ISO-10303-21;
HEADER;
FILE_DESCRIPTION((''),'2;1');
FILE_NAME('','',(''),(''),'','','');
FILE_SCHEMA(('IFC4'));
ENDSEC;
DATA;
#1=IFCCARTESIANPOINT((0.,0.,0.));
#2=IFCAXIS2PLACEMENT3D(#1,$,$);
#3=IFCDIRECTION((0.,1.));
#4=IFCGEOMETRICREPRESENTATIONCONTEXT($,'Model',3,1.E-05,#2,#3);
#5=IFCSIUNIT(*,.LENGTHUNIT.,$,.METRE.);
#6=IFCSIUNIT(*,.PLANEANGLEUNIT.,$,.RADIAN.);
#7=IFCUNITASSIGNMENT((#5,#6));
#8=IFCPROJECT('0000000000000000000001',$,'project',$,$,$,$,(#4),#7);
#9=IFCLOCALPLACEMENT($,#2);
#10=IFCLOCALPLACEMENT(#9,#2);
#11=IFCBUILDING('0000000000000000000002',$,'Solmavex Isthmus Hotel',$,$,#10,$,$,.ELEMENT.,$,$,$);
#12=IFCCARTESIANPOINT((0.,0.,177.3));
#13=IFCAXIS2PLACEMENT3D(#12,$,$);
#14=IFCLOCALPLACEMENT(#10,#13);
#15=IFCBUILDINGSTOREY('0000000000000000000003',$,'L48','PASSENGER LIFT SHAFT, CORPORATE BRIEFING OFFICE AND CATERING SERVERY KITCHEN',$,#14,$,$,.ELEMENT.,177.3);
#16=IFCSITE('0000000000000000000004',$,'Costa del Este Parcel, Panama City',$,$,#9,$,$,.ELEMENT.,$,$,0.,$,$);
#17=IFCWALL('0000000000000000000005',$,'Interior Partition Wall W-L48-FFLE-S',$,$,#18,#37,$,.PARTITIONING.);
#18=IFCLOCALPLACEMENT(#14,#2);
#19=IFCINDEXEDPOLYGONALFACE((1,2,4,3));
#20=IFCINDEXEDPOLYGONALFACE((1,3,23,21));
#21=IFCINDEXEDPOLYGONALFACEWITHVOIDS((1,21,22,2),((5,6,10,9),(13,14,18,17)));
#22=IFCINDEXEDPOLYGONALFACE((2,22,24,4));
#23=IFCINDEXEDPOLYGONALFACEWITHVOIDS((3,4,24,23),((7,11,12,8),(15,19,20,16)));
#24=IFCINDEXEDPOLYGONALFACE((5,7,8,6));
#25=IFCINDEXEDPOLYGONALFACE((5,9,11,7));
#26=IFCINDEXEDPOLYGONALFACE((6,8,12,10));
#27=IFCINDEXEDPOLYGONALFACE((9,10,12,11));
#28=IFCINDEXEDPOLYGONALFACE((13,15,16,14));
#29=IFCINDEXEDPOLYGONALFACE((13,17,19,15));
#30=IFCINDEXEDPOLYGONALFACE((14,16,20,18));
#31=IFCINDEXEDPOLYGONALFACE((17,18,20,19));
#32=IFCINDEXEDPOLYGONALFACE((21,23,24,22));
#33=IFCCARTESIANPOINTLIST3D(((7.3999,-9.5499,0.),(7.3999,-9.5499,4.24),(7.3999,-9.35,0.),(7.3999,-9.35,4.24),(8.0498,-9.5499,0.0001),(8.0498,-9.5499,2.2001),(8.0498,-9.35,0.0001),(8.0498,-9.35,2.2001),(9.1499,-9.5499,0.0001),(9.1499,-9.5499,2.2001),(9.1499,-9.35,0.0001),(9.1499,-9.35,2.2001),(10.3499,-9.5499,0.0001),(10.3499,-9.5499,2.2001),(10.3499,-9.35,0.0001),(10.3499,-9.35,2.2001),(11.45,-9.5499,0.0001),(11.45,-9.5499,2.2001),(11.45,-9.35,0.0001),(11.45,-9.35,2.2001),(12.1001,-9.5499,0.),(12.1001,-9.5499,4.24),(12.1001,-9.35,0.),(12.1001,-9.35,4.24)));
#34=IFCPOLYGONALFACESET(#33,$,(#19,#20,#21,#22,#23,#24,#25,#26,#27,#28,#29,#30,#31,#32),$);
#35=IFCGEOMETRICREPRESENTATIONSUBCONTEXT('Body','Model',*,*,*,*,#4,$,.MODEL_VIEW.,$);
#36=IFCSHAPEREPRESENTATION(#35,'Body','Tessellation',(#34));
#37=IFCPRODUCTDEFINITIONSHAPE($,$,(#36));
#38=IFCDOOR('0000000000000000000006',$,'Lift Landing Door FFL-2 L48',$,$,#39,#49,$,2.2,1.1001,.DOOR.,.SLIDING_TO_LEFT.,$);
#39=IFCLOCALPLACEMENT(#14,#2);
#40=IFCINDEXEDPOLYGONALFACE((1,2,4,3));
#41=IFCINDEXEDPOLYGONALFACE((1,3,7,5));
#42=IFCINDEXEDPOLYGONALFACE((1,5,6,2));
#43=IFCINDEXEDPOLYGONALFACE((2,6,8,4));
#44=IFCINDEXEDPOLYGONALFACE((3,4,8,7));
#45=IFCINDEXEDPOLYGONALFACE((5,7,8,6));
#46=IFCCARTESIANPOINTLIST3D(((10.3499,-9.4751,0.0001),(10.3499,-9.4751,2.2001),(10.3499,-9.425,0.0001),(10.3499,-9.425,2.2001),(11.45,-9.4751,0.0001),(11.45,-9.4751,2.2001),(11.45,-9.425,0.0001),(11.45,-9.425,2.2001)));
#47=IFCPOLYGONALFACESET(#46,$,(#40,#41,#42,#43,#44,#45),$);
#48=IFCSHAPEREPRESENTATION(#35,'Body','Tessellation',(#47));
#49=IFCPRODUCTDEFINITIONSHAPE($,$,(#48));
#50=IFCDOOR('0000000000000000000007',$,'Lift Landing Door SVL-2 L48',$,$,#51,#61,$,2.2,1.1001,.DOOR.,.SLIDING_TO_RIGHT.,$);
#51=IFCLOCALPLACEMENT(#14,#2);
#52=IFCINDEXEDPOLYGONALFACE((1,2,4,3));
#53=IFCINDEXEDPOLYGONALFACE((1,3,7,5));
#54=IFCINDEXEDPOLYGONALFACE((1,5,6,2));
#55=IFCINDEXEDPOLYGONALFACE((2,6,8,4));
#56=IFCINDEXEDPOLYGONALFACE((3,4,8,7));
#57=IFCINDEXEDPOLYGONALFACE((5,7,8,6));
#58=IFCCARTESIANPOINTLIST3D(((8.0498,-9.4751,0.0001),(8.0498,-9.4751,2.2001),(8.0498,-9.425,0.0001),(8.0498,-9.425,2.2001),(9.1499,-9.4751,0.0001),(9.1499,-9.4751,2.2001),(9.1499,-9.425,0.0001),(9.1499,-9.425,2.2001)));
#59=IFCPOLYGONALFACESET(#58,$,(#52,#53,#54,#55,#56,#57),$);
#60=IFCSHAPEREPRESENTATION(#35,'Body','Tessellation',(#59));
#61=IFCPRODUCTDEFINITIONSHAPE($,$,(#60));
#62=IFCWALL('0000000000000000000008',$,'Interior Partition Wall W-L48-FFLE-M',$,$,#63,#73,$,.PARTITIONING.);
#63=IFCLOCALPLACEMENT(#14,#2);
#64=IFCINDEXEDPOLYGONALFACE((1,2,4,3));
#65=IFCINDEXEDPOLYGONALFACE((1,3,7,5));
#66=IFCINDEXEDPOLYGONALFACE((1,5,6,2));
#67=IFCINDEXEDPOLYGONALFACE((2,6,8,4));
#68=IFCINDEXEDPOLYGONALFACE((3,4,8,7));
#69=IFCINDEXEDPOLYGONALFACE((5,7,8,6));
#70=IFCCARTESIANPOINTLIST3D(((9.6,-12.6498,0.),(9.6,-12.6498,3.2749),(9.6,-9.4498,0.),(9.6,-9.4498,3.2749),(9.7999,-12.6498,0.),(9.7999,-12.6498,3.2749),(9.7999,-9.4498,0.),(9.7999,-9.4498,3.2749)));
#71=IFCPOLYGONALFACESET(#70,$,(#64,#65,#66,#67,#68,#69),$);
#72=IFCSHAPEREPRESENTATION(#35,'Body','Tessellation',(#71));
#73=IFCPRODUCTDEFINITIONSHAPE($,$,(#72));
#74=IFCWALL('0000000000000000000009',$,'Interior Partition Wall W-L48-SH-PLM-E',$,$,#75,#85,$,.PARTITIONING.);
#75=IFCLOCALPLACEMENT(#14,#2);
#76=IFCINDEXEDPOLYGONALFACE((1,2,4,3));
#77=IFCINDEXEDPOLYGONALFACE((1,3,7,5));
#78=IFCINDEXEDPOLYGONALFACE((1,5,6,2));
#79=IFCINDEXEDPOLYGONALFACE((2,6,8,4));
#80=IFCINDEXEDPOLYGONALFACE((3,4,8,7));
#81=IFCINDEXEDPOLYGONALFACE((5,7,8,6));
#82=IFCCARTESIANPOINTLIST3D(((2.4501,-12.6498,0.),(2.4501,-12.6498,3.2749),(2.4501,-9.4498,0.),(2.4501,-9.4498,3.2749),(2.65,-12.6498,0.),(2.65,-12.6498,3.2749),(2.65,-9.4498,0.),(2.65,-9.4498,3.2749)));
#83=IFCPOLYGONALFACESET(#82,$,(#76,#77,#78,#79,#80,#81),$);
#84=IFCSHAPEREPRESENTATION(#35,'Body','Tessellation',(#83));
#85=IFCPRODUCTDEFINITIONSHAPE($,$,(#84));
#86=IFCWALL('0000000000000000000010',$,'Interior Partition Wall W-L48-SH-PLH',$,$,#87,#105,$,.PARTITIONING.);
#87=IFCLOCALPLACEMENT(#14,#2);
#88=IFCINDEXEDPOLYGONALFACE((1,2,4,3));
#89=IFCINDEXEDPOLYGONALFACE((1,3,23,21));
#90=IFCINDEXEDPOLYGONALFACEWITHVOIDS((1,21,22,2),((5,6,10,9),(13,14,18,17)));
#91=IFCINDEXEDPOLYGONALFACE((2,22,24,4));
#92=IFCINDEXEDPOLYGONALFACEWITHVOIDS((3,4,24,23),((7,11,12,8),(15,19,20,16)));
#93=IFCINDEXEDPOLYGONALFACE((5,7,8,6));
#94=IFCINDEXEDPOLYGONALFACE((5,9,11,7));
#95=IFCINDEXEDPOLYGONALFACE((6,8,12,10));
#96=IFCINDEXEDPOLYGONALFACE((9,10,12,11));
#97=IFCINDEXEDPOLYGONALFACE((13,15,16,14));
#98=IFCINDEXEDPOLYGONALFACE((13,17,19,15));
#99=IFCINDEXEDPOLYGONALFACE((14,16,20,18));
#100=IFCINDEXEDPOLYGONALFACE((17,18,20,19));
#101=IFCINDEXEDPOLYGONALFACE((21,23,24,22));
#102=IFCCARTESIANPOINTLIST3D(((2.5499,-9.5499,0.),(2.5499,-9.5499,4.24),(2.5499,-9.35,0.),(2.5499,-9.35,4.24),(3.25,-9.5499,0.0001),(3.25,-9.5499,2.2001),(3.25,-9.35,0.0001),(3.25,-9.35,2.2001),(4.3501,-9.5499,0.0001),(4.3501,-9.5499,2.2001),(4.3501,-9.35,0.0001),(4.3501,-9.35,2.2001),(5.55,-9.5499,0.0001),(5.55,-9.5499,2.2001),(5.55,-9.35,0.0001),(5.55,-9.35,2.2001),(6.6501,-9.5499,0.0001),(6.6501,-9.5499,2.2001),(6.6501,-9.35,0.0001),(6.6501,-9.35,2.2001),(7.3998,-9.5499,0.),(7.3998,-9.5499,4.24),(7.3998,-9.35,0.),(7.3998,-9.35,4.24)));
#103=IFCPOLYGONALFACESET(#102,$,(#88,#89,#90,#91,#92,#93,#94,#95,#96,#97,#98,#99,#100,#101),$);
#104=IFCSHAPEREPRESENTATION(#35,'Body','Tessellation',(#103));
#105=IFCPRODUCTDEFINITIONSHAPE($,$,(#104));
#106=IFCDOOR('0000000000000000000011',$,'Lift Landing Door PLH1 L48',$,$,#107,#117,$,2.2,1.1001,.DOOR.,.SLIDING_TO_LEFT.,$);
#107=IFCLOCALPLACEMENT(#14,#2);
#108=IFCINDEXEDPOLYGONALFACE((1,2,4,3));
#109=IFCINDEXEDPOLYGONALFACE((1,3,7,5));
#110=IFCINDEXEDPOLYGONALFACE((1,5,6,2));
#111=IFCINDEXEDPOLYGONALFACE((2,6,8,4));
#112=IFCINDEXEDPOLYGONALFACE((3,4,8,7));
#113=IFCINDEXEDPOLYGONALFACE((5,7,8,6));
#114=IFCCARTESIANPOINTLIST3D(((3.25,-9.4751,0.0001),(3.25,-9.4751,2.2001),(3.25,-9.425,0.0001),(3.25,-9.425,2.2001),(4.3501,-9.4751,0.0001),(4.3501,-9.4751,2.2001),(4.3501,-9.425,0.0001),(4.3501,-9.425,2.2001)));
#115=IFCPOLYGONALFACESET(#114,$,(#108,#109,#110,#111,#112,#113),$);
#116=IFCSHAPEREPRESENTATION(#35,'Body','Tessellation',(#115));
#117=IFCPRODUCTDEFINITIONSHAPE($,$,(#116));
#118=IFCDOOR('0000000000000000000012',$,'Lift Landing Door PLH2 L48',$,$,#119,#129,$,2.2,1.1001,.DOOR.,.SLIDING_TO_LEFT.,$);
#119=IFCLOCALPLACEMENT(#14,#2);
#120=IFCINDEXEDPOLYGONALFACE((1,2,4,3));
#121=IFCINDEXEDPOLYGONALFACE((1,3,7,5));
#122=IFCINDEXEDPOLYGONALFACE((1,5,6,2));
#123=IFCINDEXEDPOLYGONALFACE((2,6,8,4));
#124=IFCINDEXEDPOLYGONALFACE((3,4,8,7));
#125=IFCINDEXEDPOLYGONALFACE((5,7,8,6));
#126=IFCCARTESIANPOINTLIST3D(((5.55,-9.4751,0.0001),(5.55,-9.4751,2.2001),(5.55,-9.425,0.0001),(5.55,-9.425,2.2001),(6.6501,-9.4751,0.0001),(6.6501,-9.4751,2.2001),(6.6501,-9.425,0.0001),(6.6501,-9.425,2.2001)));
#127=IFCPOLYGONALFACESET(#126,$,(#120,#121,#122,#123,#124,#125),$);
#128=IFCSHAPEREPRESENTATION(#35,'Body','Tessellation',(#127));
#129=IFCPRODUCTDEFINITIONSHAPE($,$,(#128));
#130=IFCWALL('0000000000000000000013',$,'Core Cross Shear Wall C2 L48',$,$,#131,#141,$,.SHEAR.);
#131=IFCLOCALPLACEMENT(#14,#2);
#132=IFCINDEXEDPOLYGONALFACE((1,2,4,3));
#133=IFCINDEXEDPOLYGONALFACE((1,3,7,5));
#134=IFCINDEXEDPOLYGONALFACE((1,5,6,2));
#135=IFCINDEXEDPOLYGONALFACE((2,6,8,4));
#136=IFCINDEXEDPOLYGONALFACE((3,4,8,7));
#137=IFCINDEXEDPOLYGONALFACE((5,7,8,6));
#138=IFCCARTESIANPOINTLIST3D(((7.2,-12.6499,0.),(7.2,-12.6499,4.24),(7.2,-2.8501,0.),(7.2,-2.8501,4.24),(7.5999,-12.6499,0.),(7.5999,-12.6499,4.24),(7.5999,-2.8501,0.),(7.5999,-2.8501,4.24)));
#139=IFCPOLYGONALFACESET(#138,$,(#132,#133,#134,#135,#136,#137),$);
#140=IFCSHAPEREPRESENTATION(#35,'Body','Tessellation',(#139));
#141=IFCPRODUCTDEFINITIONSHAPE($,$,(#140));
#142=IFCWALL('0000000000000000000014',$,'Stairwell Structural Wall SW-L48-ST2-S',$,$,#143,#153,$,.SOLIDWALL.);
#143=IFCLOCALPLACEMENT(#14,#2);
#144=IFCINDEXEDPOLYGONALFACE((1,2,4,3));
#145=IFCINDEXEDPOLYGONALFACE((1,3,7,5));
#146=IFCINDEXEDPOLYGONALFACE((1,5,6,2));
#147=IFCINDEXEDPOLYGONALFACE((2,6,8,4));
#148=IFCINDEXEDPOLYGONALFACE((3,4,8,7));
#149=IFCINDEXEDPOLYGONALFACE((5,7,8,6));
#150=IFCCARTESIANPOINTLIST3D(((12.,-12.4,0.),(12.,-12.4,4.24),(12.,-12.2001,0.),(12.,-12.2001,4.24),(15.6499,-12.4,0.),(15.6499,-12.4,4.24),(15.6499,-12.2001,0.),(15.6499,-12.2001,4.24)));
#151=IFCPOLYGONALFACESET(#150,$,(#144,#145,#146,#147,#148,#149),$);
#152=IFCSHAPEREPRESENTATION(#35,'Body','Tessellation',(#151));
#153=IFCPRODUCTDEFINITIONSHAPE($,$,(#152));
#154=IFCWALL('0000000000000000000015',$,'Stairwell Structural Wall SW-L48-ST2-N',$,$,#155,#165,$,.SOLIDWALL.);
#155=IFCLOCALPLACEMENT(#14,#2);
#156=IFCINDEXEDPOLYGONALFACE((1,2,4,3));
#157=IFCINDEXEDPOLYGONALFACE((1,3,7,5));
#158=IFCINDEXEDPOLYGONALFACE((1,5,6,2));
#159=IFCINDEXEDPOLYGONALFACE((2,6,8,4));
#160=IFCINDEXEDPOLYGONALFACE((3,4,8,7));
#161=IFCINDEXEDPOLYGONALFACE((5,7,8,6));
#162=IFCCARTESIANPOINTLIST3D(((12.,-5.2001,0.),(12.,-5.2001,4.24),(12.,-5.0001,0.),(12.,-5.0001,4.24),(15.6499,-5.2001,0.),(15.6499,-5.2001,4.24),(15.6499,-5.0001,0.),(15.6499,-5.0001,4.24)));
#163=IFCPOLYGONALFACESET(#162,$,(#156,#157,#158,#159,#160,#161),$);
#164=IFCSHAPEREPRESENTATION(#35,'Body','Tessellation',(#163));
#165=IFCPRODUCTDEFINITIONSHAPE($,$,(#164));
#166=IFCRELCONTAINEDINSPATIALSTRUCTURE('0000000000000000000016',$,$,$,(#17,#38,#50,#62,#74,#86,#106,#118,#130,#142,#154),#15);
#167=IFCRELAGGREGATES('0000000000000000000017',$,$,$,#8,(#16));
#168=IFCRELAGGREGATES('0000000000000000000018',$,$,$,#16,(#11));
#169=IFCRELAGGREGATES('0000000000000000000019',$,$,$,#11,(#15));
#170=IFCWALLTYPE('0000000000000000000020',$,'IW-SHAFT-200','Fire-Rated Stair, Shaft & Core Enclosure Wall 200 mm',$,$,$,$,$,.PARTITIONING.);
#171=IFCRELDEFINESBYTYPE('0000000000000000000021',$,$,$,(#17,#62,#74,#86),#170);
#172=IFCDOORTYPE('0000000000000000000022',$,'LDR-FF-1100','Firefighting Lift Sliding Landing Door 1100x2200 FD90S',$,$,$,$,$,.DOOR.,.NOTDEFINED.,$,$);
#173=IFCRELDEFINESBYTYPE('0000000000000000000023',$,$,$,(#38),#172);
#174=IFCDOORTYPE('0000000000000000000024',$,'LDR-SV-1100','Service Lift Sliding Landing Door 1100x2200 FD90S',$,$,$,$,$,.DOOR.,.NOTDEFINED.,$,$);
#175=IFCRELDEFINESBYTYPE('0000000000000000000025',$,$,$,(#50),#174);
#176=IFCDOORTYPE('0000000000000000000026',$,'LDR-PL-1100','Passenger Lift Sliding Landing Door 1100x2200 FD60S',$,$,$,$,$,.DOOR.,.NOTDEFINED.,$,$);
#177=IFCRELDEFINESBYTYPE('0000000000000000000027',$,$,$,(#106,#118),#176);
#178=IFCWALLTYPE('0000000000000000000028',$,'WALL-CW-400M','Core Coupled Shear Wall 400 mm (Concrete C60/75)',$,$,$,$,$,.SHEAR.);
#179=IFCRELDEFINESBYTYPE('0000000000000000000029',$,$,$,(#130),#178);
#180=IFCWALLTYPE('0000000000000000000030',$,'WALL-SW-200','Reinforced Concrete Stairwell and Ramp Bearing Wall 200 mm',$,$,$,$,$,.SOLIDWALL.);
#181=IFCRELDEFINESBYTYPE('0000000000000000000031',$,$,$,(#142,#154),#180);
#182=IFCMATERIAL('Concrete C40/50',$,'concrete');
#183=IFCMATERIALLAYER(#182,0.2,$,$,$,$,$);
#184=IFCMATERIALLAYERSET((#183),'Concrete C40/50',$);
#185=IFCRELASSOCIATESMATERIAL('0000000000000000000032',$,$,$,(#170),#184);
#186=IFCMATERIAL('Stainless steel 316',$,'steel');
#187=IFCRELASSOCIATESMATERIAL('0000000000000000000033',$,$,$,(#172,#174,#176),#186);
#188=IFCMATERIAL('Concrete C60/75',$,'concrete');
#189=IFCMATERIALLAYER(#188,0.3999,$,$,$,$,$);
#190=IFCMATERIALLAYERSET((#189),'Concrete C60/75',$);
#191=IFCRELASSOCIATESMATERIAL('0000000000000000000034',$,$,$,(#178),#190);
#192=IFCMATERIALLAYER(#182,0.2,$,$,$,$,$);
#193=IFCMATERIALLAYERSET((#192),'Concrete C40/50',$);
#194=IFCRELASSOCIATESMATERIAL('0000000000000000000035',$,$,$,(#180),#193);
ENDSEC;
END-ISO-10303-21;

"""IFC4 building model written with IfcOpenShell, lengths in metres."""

from ifc_helpers import new_model, si_unit, direction, frame, frame_2d, origin, place, context, subcontext, project, spatial, rectangle, extrude, material, layer, layer_set, type_object, element, fill, save


model = new_model("IFC4")

# Units and contexts
model_context = context("Model", 3, precision=1e-05, world=origin(), true_north=direction((0.0, 1.0)))
body_context = subcontext(model_context, "Body", "Model", "MODEL_VIEW")
ifc_project = project(units=[si_unit("LENGTHUNIT", "METRE"), si_unit("PLANEANGLEUNIT", "RADIAN")], contexts=[model_context])

# Site, building, storey
site_placement = place(None, origin())
site = spatial("IfcSite", under=ifc_project, at=site_placement, Name="Costa del Este Parcel, Panama City", CompositionType="ELEMENT", RefElevation=0.0)
building_placement = place(site_placement, origin())
building = spatial("IfcBuilding", under=site, at=building_placement, Name="Solmavex Isthmus Hotel", CompositionType="ELEMENT")
storey_placement = place(building_placement, frame((0.0, 0.0, 177.3)))
storey = spatial("IfcBuildingStorey", under=building, at=storey_placement, Name="L48", Description="PASSENGER LIFT SHAFT, CORPORATE BRIEFING OFFICE AND CATERING SERVERY KITCHEN", CompositionType="ELEMENT", Elevation=177.3)

# Shared definitions
ifc_material_1 = material(Name="Concrete C60/75", Category="concrete")

# Shared definitions
ifc_material_2 = material(Name="Concrete C40/50", Category="concrete")

# Shared definitions
ifc_layer_1 = layer(ifc_material_2, 0.2)
ifc_layer_set_1 = layer_set([ifc_layer_1], Name="Concrete C40/50")
wall_type_1 = type_object("IfcWallType", Name="IW-SHAFT-200", Description="Fire-Rated Stair, Shaft & Core Enclosure Wall 200 mm", PredefinedType="PARTITIONING", material=ifc_layer_set_1)

# Wall, openings, doors
wall_1_placement = place(storey_placement, frame((7.3999, -9.45, 0.0), z_axis=(0.0, 0.0, 1.0), x_axis=(1.0, 0.0, 0.0)))
wall_1 = element("IfcWall", 1, at=wall_1_placement, inside=storey, type_object=wall_type_1, Name="Interior Partition Wall W-L48-FFLE-S", PredefinedType="PARTITIONING", context=body_context, shape_type="SweptSolid", body=[
    extrude(rectangle(XDim=4.7002, YDim=0.2, at=frame_2d((2.3501, 0.0))), origin(), (0.0, 0.0, 1.0), 4.24),
])
opening_1_placement = place(wall_1_placement, frame((2.95, 0.0, 0.0)))
opening_1 = element("IfcOpeningElement", 2, at=opening_1_placement, cuts=wall_1, PredefinedType="OPENING", context=body_context, shape_type="SweptSolid", body=[
    extrude(rectangle(XDim=1.1001, YDim=2.2, at=frame_2d((0.55, 1.1001))), frame((0.0, 0.1099, 0.0), z_axis=(0.0, -1.0, 0.0), x_axis=(1.0, 0.0, 0.0)), (0.0, 0.0, 1.0), 0.22),
])
opening_2_placement = place(wall_1_placement, frame((0.6499, 0.0, 0.0)))
opening_2 = element("IfcOpeningElement", 3, at=opening_2_placement, cuts=wall_1, PredefinedType="OPENING", context=body_context, shape_type="SweptSolid", body=[
    extrude(rectangle(XDim=1.1001, YDim=2.2, at=frame_2d((0.55, 1.1001))), frame((0.0, 0.1099, 0.0), z_axis=(0.0, -1.0, 0.0), x_axis=(1.0, 0.0, 0.0)), (0.0, 0.0, 1.0), 0.22),
])
ifc_material_3 = material(Name="Stainless steel 316", Category="steel")
door_type_1 = type_object("IfcDoorType", Name="LDR-FF-1100", Description="Firefighting Lift Sliding Landing Door 1100x2200 FD90S", OperationType="NOTDEFINED", PredefinedType="DOOR", material=ifc_material_3)
door_1_placement = place(opening_1_placement, origin())
door_1 = element("IfcDoor", 4, at=door_1_placement, inside=storey, type_object=door_type_1, Name="Lift Landing Door FFL-2 L48", OperationType="SLIDING_TO_LEFT", OverallHeight=2.2, OverallWidth=1.1001, PredefinedType="DOOR", context=body_context, shape_type="SweptSolid", body=[
    extrude(rectangle(XDim=1.1001, YDim=2.2, at=frame_2d((0.55, 1.1001))), frame((0.0, 0.0249, 0.0), z_axis=(0.0, -1.0, 0.0), x_axis=(1.0, 0.0, 0.0)), (0.0, 0.0, 1.0), 0.05),
])
fill(opening_1, door_1)
door_type_2 = type_object("IfcDoorType", Name="LDR-SV-1100", Description="Service Lift Sliding Landing Door 1100x2200 FD90S", OperationType="NOTDEFINED", PredefinedType="DOOR", material=ifc_material_3)
door_2_placement = place(opening_2_placement, origin())
door_2 = element("IfcDoor", 5, at=door_2_placement, inside=storey, type_object=door_type_2, Name="Lift Landing Door SVL-2 L48", OperationType="SLIDING_TO_RIGHT", OverallHeight=2.2, OverallWidth=1.1001, PredefinedType="DOOR", context=body_context, shape_type="SweptSolid", body=[
    extrude(rectangle(XDim=1.1001, YDim=2.2, at=frame_2d((0.55, 1.1001))), frame((0.0, 0.0249, 0.0), z_axis=(0.0, -1.0, 0.0), x_axis=(1.0, 0.0, 0.0)), (0.0, 0.0, 1.0), 0.05),
])
fill(opening_2, door_2)

# Walls
for number, where, z_axis, x_axis, name in (
    (6, (9.7, -12.6499, 0.0), (0.0, 0.0, 1.0), (0.0, 1.0, 0.0), "Interior Partition Wall W-L48-FFLE-M"),
    (7, (2.55, -12.6499, 0.0), (0.0, 0.0, 1.0), (0.0, 1.0, 0.0), "Interior Partition Wall W-L48-SH-PLM-E"),
):
    element("IfcWall", number, at=place(storey_placement, frame(where, z_axis=z_axis, x_axis=x_axis)), inside=storey, type_object=wall_type_1, Name=name, PredefinedType="PARTITIONING", context=body_context, shape_type="SweptSolid", body=[
        extrude(rectangle(XDim=3.2, YDim=0.2, at=frame_2d((1.6001, 0.0))), origin(), (0.0, 0.0, 1.0), 3.2749),
    ])

# Wall, openings, doors
wall_2_placement = place(storey_placement, frame((2.55, -9.45, 0.0), z_axis=(0.0, 0.0, 1.0), x_axis=(1.0, 0.0, 0.0)))
wall_2 = element("IfcWall", 8, at=wall_2_placement, inside=storey, type_object=wall_type_1, Name="Interior Partition Wall W-L48-SH-PLH", PredefinedType="PARTITIONING", context=body_context, shape_type="SweptSolid", body=[
    extrude(rectangle(XDim=4.8499, YDim=0.2, at=frame_2d((2.4248, 0.0))), origin(), (0.0, 0.0, 1.0), 4.24),
])
opening_3_placement = place(wall_2_placement, frame((0.7, 0.0, 0.0)))
opening_3 = element("IfcOpeningElement", 9, at=opening_3_placement, cuts=wall_2, PredefinedType="OPENING", context=body_context, shape_type="SweptSolid", body=[
    extrude(rectangle(XDim=1.1001, YDim=2.2, at=frame_2d((0.55, 1.1001))), frame((0.0, 0.1099, 0.0), z_axis=(0.0, -1.0, 0.0), x_axis=(1.0, 0.0, 0.0)), (0.0, 0.0, 1.0), 0.22),
])
opening_4_placement = place(wall_2_placement, frame((3.0, 0.0, 0.0)))
opening_4 = element("IfcOpeningElement", 10, at=opening_4_placement, cuts=wall_2, PredefinedType="OPENING", context=body_context, shape_type="SweptSolid", body=[
    extrude(rectangle(XDim=1.1001, YDim=2.2, at=frame_2d((0.55, 1.1001))), frame((0.0, 0.1099, 0.0), z_axis=(0.0, -1.0, 0.0), x_axis=(1.0, 0.0, 0.0)), (0.0, 0.0, 1.0), 0.22),
])
door_type_3 = type_object("IfcDoorType", Name="LDR-PL-1100", Description="Passenger Lift Sliding Landing Door 1100x2200 FD60S", OperationType="NOTDEFINED", PredefinedType="DOOR", material=ifc_material_3)
door_3_placement = place(opening_3_placement, origin())
door_3 = element("IfcDoor", 11, at=door_3_placement, inside=storey, type_object=door_type_3, Name="Lift Landing Door PLH1 L48", OperationType="SLIDING_TO_LEFT", OverallHeight=2.2, OverallWidth=1.1001, PredefinedType="DOOR", context=body_context, shape_type="SweptSolid", body=[
    extrude(rectangle(XDim=1.1001, YDim=2.2, at=frame_2d((0.55, 1.1001))), frame((0.0, 0.0249, 0.0), z_axis=(0.0, -1.0, 0.0), x_axis=(1.0, 0.0, 0.0)), (0.0, 0.0, 1.0), 0.05),
])
fill(opening_3, door_3)
door_4_placement = place(opening_4_placement, origin())
door_4 = element("IfcDoor", 12, at=door_4_placement, inside=storey, type_object=door_type_3, Name="Lift Landing Door PLH2 L48", OperationType="SLIDING_TO_LEFT", OverallHeight=2.2, OverallWidth=1.1001, PredefinedType="DOOR", context=body_context, shape_type="SweptSolid", body=[
    extrude(rectangle(XDim=1.1001, YDim=2.2, at=frame_2d((0.55, 1.1001))), frame((0.0, 0.0249, 0.0), z_axis=(0.0, -1.0, 0.0), x_axis=(1.0, 0.0, 0.0)), (0.0, 0.0, 1.0), 0.05),
])
fill(opening_4, door_4)

# Walls
ifc_layer_2 = layer(ifc_material_1, 0.3999)
ifc_layer_set_2 = layer_set([ifc_layer_2], Name="Concrete C60/75")
wall_type_2 = type_object("IfcWallType", Name="WALL-CW-400M", Description="Core Coupled Shear Wall 400 mm (Concrete C60/75)", PredefinedType="SHEAR", material=ifc_layer_set_2)
wall_3_placement = place(storey_placement, frame((7.3999, -12.6499, 0.0), z_axis=(0.0, 0.0, 1.0), x_axis=(0.0, 1.0, 0.0)))
element("IfcWall", 13, at=wall_3_placement, inside=storey, type_object=wall_type_2, Name="Core Cross Shear Wall C2 L48", PredefinedType="SHEAR", context=body_context, shape_type="SweptSolid", body=[
    extrude(rectangle(XDim=9.7998, YDim=0.3999, at=frame_2d((4.8999, 0.0))), origin(), (0.0, 0.0, 1.0), 4.24),
])
ifc_layer_3 = layer(ifc_material_2, 0.2)
ifc_layer_set_3 = layer_set([ifc_layer_3], Name="Concrete C40/50")
wall_type_3 = type_object("IfcWallType", Name="WALL-SW-200", Description="Reinforced Concrete Stairwell and Ramp Bearing Wall 200 mm", PredefinedType="SOLIDWALL", material=ifc_layer_set_3)
for number, where, z_axis, x_axis, name in (
    (14, (12.0, -12.3, 0.0), (0.0, 0.0, 1.0), (1.0, 0.0, 0.0), "Stairwell Structural Wall SW-L48-ST2-S"),
    (15, (12.0, -5.1001, 0.0), (0.0, 0.0, 1.0), (1.0, 0.0, 0.0), "Stairwell Structural Wall SW-L48-ST2-N"),
):
    element("IfcWall", number, at=place(storey_placement, frame(where, z_axis=z_axis, x_axis=x_axis)), inside=storey, type_object=wall_type_3, Name=name, PredefinedType="SOLIDWALL", context=body_context, shape_type="SweptSolid", body=[
        extrude(rectangle(XDim=3.6499, YDim=0.2, at=frame_2d((1.825, 0.0))), origin(), (0.0, 0.0, 1.0), 4.24),
    ])

save(model, "model.ifc")
